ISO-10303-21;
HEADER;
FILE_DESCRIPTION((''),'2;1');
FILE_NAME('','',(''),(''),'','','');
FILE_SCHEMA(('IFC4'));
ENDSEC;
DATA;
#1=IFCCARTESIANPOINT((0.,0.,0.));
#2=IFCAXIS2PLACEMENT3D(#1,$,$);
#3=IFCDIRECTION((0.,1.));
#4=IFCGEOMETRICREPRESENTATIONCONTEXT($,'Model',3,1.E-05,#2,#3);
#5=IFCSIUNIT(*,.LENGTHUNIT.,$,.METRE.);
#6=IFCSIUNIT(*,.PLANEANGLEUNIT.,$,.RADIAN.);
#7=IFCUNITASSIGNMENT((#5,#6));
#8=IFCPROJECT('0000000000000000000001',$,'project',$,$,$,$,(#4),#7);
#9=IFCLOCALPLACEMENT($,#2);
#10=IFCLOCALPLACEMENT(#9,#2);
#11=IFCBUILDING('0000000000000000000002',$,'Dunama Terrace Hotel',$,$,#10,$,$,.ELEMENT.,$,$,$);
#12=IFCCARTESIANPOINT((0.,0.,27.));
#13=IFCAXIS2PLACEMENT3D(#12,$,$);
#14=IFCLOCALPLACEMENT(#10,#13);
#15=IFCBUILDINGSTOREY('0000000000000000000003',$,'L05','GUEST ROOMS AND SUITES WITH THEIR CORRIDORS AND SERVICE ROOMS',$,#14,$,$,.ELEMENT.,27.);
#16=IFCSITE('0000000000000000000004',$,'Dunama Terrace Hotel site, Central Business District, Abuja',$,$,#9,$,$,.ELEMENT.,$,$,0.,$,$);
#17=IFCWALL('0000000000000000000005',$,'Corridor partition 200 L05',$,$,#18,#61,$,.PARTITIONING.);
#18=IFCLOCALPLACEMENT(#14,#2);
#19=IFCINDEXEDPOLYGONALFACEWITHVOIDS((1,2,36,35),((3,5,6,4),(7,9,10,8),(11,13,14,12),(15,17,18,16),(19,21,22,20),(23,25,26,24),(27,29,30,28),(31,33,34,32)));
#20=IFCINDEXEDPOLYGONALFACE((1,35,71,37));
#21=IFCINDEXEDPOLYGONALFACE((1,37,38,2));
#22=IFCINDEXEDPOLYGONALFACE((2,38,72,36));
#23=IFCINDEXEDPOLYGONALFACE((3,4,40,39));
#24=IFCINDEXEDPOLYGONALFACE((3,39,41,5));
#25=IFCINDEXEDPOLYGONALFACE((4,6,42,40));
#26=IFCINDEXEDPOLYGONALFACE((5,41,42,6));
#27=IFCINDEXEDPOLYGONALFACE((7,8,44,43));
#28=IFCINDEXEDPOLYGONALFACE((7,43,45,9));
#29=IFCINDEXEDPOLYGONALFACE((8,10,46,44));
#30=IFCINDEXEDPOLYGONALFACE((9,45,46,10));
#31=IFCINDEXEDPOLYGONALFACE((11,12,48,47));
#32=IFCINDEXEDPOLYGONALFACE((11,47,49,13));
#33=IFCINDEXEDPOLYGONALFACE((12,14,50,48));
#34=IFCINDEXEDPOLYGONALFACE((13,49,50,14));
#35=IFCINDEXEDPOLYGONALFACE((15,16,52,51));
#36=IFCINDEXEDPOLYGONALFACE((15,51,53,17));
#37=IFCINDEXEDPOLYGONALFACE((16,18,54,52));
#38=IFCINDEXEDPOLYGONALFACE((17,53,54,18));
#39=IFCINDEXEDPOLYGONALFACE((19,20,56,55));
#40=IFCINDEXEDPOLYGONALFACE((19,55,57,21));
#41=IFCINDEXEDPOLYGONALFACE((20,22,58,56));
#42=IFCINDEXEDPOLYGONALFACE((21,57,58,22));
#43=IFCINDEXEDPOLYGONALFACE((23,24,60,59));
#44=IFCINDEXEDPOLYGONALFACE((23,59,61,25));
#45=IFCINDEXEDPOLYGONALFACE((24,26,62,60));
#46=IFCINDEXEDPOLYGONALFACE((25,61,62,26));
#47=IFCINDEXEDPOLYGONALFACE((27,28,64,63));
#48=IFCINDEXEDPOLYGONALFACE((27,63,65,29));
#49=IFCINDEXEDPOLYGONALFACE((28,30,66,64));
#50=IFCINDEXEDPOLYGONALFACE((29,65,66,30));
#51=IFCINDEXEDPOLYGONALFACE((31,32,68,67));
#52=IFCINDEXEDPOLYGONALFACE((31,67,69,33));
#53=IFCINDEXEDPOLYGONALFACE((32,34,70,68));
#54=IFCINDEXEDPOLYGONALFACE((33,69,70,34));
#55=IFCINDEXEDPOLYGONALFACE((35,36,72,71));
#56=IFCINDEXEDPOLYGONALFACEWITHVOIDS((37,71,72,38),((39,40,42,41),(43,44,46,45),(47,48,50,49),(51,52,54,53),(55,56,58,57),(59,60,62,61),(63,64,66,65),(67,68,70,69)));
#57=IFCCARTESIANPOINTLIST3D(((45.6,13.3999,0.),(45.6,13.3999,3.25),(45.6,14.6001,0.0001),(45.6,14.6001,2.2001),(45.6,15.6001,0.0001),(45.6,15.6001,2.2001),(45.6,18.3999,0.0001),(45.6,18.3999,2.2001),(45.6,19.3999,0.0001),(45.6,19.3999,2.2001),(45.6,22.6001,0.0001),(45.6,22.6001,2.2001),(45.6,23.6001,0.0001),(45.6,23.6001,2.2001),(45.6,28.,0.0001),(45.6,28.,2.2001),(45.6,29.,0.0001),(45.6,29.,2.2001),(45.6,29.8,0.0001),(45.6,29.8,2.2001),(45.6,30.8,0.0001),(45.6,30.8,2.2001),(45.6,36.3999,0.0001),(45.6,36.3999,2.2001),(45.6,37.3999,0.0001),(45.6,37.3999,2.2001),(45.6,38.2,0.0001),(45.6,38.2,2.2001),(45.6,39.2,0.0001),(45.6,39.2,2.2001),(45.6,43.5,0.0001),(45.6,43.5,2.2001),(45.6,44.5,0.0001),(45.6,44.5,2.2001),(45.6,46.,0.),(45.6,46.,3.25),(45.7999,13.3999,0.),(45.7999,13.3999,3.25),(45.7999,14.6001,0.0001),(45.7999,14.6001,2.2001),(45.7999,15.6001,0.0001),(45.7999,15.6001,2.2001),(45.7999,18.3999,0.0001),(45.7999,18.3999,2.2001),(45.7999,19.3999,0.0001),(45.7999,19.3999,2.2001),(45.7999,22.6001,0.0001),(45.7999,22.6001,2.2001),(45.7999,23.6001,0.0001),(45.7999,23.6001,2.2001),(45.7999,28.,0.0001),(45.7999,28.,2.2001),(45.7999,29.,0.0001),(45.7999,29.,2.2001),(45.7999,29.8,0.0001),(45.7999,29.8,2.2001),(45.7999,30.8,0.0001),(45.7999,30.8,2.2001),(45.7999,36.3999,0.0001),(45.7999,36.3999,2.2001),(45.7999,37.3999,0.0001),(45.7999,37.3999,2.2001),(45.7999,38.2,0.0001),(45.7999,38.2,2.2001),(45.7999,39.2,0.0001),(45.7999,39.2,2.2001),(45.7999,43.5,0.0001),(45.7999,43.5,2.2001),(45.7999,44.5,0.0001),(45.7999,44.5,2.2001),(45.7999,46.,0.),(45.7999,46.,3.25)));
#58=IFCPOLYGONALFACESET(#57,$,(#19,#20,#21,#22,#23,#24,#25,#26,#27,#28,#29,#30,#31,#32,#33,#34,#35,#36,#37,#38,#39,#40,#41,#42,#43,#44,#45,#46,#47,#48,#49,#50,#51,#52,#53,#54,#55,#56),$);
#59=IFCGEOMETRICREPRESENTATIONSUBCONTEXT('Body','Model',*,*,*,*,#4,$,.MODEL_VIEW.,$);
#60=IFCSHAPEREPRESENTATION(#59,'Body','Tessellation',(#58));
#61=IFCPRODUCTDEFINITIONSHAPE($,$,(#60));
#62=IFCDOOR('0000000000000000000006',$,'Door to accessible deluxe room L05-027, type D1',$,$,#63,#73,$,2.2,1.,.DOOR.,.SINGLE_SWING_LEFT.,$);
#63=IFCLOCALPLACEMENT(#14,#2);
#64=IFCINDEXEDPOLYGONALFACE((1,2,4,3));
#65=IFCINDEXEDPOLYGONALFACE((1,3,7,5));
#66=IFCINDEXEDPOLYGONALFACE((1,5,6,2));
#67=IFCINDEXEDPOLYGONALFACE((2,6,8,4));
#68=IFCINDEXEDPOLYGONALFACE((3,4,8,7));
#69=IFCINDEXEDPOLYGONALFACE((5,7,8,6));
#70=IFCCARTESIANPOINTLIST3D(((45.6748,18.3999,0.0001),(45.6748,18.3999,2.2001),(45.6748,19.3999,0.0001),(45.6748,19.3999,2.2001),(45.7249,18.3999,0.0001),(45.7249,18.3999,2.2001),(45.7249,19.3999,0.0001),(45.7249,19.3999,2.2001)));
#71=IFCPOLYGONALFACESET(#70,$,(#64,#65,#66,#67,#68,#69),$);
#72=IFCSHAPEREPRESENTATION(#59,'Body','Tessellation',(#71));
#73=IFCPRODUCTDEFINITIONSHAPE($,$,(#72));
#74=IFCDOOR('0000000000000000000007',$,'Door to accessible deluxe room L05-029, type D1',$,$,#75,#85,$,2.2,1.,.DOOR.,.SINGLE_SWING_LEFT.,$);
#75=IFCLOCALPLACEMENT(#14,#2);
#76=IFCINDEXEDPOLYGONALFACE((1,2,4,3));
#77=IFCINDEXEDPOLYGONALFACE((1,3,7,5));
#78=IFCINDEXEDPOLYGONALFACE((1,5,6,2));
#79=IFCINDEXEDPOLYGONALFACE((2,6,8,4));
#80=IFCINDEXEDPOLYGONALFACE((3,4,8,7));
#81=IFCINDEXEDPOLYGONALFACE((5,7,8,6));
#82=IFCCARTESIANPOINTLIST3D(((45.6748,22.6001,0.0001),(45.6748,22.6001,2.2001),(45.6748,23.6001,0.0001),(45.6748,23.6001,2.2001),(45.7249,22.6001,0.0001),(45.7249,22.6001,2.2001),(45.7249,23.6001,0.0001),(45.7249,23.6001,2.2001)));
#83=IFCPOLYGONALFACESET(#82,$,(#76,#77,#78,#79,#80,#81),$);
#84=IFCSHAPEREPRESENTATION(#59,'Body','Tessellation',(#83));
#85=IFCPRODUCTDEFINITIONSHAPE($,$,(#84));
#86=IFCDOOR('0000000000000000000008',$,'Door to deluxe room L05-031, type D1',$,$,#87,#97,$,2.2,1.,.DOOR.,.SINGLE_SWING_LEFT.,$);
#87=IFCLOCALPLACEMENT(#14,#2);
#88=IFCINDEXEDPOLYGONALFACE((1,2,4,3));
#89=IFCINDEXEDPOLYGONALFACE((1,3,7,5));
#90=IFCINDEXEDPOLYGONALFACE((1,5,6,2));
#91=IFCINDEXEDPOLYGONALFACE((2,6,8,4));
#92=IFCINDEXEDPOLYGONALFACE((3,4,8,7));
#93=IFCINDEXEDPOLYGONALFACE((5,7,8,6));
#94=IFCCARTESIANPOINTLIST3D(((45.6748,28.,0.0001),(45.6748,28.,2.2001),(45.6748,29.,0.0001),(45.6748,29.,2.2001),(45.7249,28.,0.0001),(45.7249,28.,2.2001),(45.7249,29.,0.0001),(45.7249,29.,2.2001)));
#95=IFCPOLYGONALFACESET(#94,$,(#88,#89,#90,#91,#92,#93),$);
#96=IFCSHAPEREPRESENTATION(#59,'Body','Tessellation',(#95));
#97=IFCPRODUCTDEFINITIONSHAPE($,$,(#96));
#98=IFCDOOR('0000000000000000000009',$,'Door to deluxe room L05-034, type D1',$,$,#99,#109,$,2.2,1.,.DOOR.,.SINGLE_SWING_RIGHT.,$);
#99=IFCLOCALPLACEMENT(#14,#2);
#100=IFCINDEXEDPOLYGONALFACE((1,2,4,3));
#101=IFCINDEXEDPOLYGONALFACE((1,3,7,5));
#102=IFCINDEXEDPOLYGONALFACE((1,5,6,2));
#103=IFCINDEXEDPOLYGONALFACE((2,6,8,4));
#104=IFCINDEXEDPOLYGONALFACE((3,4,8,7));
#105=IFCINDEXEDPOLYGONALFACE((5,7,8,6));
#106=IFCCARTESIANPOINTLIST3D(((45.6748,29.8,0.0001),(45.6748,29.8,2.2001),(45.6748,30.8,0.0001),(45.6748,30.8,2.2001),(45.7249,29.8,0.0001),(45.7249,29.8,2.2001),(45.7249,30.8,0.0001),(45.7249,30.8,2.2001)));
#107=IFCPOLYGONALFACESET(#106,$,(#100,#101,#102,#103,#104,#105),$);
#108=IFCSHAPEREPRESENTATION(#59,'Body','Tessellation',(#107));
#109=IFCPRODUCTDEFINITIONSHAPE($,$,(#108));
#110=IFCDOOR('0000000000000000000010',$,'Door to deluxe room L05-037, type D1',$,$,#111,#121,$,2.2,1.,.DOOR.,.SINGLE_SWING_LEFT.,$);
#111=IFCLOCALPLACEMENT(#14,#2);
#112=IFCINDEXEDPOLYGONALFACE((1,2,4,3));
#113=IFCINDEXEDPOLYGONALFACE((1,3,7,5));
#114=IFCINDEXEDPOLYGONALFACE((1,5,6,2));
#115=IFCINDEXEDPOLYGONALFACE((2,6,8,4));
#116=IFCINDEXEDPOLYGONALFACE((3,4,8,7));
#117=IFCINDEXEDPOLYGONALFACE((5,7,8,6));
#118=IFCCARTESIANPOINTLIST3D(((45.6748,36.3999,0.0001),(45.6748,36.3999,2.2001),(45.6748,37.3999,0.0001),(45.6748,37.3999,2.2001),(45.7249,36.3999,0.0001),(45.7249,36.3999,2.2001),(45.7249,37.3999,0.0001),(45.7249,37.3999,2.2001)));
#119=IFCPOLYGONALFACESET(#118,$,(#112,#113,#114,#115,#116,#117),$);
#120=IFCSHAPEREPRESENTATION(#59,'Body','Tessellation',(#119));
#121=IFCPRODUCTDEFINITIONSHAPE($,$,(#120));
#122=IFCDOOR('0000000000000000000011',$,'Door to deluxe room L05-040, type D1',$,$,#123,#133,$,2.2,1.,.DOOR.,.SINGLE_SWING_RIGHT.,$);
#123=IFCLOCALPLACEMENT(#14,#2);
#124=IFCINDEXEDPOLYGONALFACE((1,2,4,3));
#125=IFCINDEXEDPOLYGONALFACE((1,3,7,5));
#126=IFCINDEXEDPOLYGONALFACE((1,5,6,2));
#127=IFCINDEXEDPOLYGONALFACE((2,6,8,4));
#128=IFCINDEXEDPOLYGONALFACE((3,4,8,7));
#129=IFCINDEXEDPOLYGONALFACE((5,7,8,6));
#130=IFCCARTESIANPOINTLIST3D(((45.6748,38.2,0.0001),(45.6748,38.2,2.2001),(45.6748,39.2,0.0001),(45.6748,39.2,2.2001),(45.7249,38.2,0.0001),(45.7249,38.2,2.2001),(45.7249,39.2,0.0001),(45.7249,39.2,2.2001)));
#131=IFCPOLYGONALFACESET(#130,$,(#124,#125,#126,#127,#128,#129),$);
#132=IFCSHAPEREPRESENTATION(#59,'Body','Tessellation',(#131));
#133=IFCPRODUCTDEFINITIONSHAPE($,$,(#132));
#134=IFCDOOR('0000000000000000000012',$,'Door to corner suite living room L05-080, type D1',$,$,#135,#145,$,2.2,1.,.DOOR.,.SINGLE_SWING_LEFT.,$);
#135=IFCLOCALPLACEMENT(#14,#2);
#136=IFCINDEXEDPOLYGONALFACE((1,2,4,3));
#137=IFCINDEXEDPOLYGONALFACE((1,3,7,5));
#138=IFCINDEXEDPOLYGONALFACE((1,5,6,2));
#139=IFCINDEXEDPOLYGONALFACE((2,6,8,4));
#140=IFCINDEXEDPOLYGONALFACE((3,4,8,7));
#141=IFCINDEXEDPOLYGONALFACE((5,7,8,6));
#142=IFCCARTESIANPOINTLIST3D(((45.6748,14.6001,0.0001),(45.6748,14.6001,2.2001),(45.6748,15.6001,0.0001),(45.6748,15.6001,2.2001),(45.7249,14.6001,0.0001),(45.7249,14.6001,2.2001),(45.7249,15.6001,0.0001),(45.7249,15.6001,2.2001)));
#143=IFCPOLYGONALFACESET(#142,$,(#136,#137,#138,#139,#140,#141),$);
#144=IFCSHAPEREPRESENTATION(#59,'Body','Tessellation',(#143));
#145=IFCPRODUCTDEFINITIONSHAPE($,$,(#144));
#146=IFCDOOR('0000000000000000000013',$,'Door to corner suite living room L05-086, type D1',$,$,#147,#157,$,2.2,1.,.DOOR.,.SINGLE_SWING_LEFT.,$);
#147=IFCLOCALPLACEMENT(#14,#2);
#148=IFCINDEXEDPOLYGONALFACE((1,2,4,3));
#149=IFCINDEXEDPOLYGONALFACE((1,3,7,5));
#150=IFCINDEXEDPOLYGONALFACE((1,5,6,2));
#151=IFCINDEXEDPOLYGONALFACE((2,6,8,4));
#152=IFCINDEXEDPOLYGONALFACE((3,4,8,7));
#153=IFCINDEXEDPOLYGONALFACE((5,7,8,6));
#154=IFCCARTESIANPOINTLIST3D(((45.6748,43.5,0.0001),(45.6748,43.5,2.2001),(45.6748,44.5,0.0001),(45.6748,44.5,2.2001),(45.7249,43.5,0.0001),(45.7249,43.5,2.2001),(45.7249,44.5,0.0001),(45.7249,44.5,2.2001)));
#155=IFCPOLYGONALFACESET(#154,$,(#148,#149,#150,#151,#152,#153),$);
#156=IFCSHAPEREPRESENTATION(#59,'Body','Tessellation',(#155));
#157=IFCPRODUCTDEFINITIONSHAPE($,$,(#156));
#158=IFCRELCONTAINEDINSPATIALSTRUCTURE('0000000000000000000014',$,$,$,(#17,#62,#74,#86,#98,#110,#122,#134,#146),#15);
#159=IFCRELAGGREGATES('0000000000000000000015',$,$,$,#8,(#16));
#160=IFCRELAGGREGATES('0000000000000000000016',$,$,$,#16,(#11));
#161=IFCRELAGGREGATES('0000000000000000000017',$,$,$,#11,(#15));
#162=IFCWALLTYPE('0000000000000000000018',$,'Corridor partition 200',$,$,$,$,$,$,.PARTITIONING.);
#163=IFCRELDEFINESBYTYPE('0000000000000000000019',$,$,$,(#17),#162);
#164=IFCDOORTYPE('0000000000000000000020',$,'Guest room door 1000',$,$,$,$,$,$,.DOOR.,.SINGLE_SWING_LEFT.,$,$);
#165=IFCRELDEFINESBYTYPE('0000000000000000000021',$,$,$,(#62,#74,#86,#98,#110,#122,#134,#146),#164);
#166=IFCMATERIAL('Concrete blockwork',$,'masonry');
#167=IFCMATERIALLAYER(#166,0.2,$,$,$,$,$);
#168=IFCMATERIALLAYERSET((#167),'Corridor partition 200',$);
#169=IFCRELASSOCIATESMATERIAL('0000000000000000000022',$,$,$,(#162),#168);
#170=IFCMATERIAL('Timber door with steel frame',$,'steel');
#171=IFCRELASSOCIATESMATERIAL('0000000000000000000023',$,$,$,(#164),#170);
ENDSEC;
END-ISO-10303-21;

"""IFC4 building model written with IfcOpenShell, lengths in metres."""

from ifc_helpers import new_model, si_unit, direction, frame, frame_2d, origin, place, context, subcontext, project, spatial, rectangle, extrude, material, layer, layer_set, type_object, element, fill, save


model = new_model("IFC4")

# Units and contexts
model_context = context("Model", 3, precision=1e-05, world=origin(), true_north=direction((0.0, 1.0)))
body_context = subcontext(model_context, "Body", "Model", "MODEL_VIEW")
ifc_project = project(units=[si_unit("LENGTHUNIT", "METRE"), si_unit("PLANEANGLEUNIT", "RADIAN")], contexts=[model_context])

# Site, building, storey
site_placement = place(None, origin())
site = spatial("IfcSite", under=ifc_project, at=site_placement, Name="Dunama Terrace Hotel site, Central Business District, Abuja", CompositionType="ELEMENT", RefElevation=0.0)
building_placement = place(site_placement, origin())
building = spatial("IfcBuilding", under=site, at=building_placement, Name="Dunama Terrace Hotel", CompositionType="ELEMENT")
storey_placement = place(building_placement, frame((0.0, 0.0, 27.0)))
storey = spatial("IfcBuildingStorey", under=building, at=storey_placement, Name="L05", Description="GUEST ROOMS AND SUITES WITH THEIR CORRIDORS AND SERVICE ROOMS", CompositionType="ELEMENT", Elevation=27.0)

# Wall, openings, doors
ifc_material_1 = material(Name="Concrete blockwork", Category="masonry")
ifc_layer_1 = layer(ifc_material_1, 0.2)
ifc_layer_set_1 = layer_set([ifc_layer_1], Name="Corridor partition 200")
wall_type_1 = type_object("IfcWallType", Name="Corridor partition 200", PredefinedType="PARTITIONING", material=ifc_layer_set_1)
wall_1_placement = place(storey_placement, frame((45.7, 46.0, 0.0), z_axis=(0.0, 0.0, 1.0), x_axis=(0.0, -1.0, 0.0)))
wall_1 = element("IfcWall", 1, at=wall_1_placement, inside=storey, type_object=wall_type_1, Name="Corridor partition 200 L05", PredefinedType="PARTITIONING", context=body_context, shape_type="SweptSolid", body=[
    extrude(rectangle(XDim=32.6001, YDim=0.2, at=frame_2d((16.3, 0.0))), origin(), (0.0, 0.0, 1.0), 3.25),
])
opening_1_placement = place(wall_1_placement, frame((26.6001, 0.0, 0.0)))
opening_1 = element("IfcOpeningElement", 2, at=opening_1_placement, cuts=wall_1, PredefinedType="OPENING", context=body_context, shape_type="SweptSolid", body=[
    extrude(rectangle(XDim=1.0, YDim=2.2, at=frame_2d((0.5, 1.1001))), frame((0.0, 0.1099, 0.0), z_axis=(0.0, -1.0, 0.0), x_axis=(1.0, 0.0, 0.0)), (0.0, 0.0, 1.0), 0.22),
])
opening_2_placement = place(wall_1_placement, frame((22.3999, 0.0, 0.0)))
opening_2 = element("IfcOpeningElement", 3, at=opening_2_placement, cuts=wall_1, PredefinedType="OPENING", context=body_context, shape_type="SweptSolid", body=[
    extrude(rectangle(XDim=1.0, YDim=2.2, at=frame_2d((0.5, 1.1001))), frame((0.0, 0.1099, 0.0), z_axis=(0.0, -1.0, 0.0), x_axis=(1.0, 0.0, 0.0)), (0.0, 0.0, 1.0), 0.22),
])
opening_3_placement = place(wall_1_placement, frame((17.0, 0.0, 0.0)))
opening_3 = element("IfcOpeningElement", 4, at=opening_3_placement, cuts=wall_1, PredefinedType="OPENING", context=body_context, shape_type="SweptSolid", body=[
    extrude(rectangle(XDim=1.0, YDim=2.2, at=frame_2d((0.5, 1.1001))), frame((0.0, 0.1099, 0.0), z_axis=(0.0, -1.0, 0.0), x_axis=(1.0, 0.0, 0.0)), (0.0, 0.0, 1.0), 0.22),
])
opening_4_placement = place(wall_1_placement, frame((15.2, 0.0, 0.0)))
opening_4 = element("IfcOpeningElement", 5, at=opening_4_placement, cuts=wall_1, PredefinedType="OPENING", context=body_context, shape_type="SweptSolid", body=[
    extrude(rectangle(XDim=1.0, YDim=2.2, at=frame_2d((0.5, 1.1001))), frame((0.0, 0.1099, 0.0), z_axis=(0.0, -1.0, 0.0), x_axis=(1.0, 0.0, 0.0)), (0.0, 0.0, 1.0), 0.22),
])
opening_5_placement = place(wall_1_placement, frame((8.6001, 0.0, 0.0)))
opening_5 = element("IfcOpeningElement", 6, at=opening_5_placement, cuts=wall_1, PredefinedType="OPENING", context=body_context, shape_type="SweptSolid", body=[
    extrude(rectangle(XDim=1.0, YDim=2.2, at=frame_2d((0.5, 1.1001))), frame((0.0, 0.1099, 0.0), z_axis=(0.0, -1.0, 0.0), x_axis=(1.0, 0.0, 0.0)), (0.0, 0.0, 1.0), 0.22),
])
opening_6_placement = place(wall_1_placement, frame((6.8, 0.0, 0.0)))
opening_6 = element("IfcOpeningElement", 7, at=opening_6_placement, cuts=wall_1, PredefinedType="OPENING", context=body_context, shape_type="SweptSolid", body=[
    extrude(rectangle(XDim=1.0, YDim=2.2, at=frame_2d((0.5, 1.1001))), frame((0.0, 0.1099, 0.0), z_axis=(0.0, -1.0, 0.0), x_axis=(1.0, 0.0, 0.0)), (0.0, 0.0, 1.0), 0.22),
])
opening_7_placement = place(wall_1_placement, frame((30.3999, 0.0, 0.0)))
opening_7 = element("IfcOpeningElement", 8, at=opening_7_placement, cuts=wall_1, PredefinedType="OPENING", context=body_context, shape_type="SweptSolid", body=[
    extrude(rectangle(XDim=1.0, YDim=2.2, at=frame_2d((0.5, 1.1001))), frame((0.0, 0.1099, 0.0), z_axis=(0.0, -1.0, 0.0), x_axis=(1.0, 0.0, 0.0)), (0.0, 0.0, 1.0), 0.22),
])
opening_8_placement = place(wall_1_placement, frame((1.5, 0.0, 0.0)))
opening_8 = element("IfcOpeningElement", 9, at=opening_8_placement, cuts=wall_1, PredefinedType="OPENING", context=body_context, shape_type="SweptSolid", body=[
    extrude(rectangle(XDim=1.0, YDim=2.2, at=frame_2d((0.5, 1.1001))), frame((0.0, 0.1099, 0.0), z_axis=(0.0, -1.0, 0.0), x_axis=(1.0, 0.0, 0.0)), (0.0, 0.0, 1.0), 0.22),
])
ifc_material_2 = material(Name="Timber door with steel frame", Category="steel")
door_type_1 = type_object("IfcDoorType", Name="Guest room door 1000", OperationType="SINGLE_SWING_LEFT", PredefinedType="DOOR", material=ifc_material_2)
door_1_placement = place(opening_1_placement, origin())
door_1 = element("IfcDoor", 10, at=door_1_placement, inside=storey, type_object=door_type_1, Name="Door to accessible deluxe room L05-027, type D1", OperationType="SINGLE_SWING_LEFT", OverallHeight=2.2, OverallWidth=1.0, PredefinedType="DOOR", context=body_context, shape_type="SweptSolid", body=[
    extrude(rectangle(XDim=1.0, YDim=2.2, at=frame_2d((0.5, 1.1001))), frame((0.0, 0.0249, 0.0), z_axis=(0.0, -1.0, 0.0), x_axis=(1.0, 0.0, 0.0)), (0.0, 0.0, 1.0), 0.05),
])
fill(opening_1, door_1)
door_2_placement = place(opening_2_placement, origin())
door_2 = element("IfcDoor", 11, at=door_2_placement, inside=storey, type_object=door_type_1, Name="Door to accessible deluxe room L05-029, type D1", OperationType="SINGLE_SWING_LEFT", OverallHeight=2.2, OverallWidth=1.0, PredefinedType="DOOR", context=body_context, shape_type="SweptSolid", body=[
    extrude(rectangle(XDim=1.0, YDim=2.2, at=frame_2d((0.5, 1.1001))), frame((0.0, 0.0249, 0.0), z_axis=(0.0, -1.0, 0.0), x_axis=(1.0, 0.0, 0.0)), (0.0, 0.0, 1.0), 0.05),
])
fill(opening_2, door_2)
door_3_placement = place(opening_3_placement, origin())
door_3 = element("IfcDoor", 12, at=door_3_placement, inside=storey, type_object=door_type_1, Name="Door to deluxe room L05-031, type D1", OperationType="SINGLE_SWING_LEFT", OverallHeight=2.2, OverallWidth=1.0, PredefinedType="DOOR", context=body_context, shape_type="SweptSolid", body=[
    extrude(rectangle(XDim=1.0, YDim=2.2, at=frame_2d((0.5, 1.1001))), frame((0.0, 0.0249, 0.0), z_axis=(0.0, -1.0, 0.0), x_axis=(1.0, 0.0, 0.0)), (0.0, 0.0, 1.0), 0.05),
])
fill(opening_3, door_3)
door_4_placement = place(opening_4_placement, origin())
door_4 = element("IfcDoor", 13, at=door_4_placement, inside=storey, type_object=door_type_1, Name="Door to deluxe room L05-034, type D1", OperationType="SINGLE_SWING_RIGHT", OverallHeight=2.2, OverallWidth=1.0, PredefinedType="DOOR", context=body_context, shape_type="SweptSolid", body=[
    extrude(rectangle(XDim=1.0, YDim=2.2, at=frame_2d((0.5, 1.1001))), frame((0.0, 0.0249, 0.0), z_axis=(0.0, -1.0, 0.0), x_axis=(1.0, 0.0, 0.0)), (0.0, 0.0, 1.0), 0.05),
])
fill(opening_4, door_4)
door_5_placement = place(opening_5_placement, origin())
door_5 = element("IfcDoor", 14, at=door_5_placement, inside=storey, type_object=door_type_1, Name="Door to deluxe room L05-037, type D1", OperationType="SINGLE_SWING_LEFT", OverallHeight=2.2, OverallWidth=1.0, PredefinedType="DOOR", context=body_context, shape_type="SweptSolid", body=[
    extrude(rectangle(XDim=1.0, YDim=2.2, at=frame_2d((0.5, 1.1001))), frame((0.0, 0.0249, 0.0), z_axis=(0.0, -1.0, 0.0), x_axis=(1.0, 0.0, 0.0)), (0.0, 0.0, 1.0), 0.05),
])
fill(opening_5, door_5)
door_6_placement = place(opening_6_placement, origin())
door_6 = element("IfcDoor", 15, at=door_6_placement, inside=storey, type_object=door_type_1, Name="Door to deluxe room L05-040, type D1", OperationType="SINGLE_SWING_RIGHT", OverallHeight=2.2, OverallWidth=1.0, PredefinedType="DOOR", context=body_context, shape_type="SweptSolid", body=[
    extrude(rectangle(XDim=1.0, YDim=2.2, at=frame_2d((0.5, 1.1001))), frame((0.0, 0.0249, 0.0), z_axis=(0.0, -1.0, 0.0), x_axis=(1.0, 0.0, 0.0)), (0.0, 0.0, 1.0), 0.05),
])
fill(opening_6, door_6)
door_7_placement = place(opening_7_placement, origin())
door_7 = element("IfcDoor", 16, at=door_7_placement, inside=storey, type_object=door_type_1, Name="Door to corner suite living room L05-080, type D1", OperationType="SINGLE_SWING_LEFT", OverallHeight=2.2, OverallWidth=1.0, PredefinedType="DOOR", context=body_context, shape_type="SweptSolid", body=[
    extrude(rectangle(XDim=1.0, YDim=2.2, at=frame_2d((0.5, 1.1001))), frame((0.0, 0.0249, 0.0), z_axis=(0.0, -1.0, 0.0), x_axis=(1.0, 0.0, 0.0)), (0.0, 0.0, 1.0), 0.05),
])
fill(opening_7, door_7)
door_8_placement = place(opening_8_placement, origin())
door_8 = element("IfcDoor", 17, at=door_8_placement, inside=storey, type_object=door_type_1, Name="Door to corner suite living room L05-086, type D1", OperationType="SINGLE_SWING_LEFT", OverallHeight=2.2, OverallWidth=1.0, PredefinedType="DOOR", context=body_context, shape_type="SweptSolid", body=[
    extrude(rectangle(XDim=1.0, YDim=2.2, at=frame_2d((0.5, 1.1001))), frame((0.0, 0.0249, 0.0), z_axis=(0.0, -1.0, 0.0), x_axis=(1.0, 0.0, 0.0)), (0.0, 0.0, 1.0), 0.05),
])
fill(opening_8, door_8)

save(model, "model.ifc")
